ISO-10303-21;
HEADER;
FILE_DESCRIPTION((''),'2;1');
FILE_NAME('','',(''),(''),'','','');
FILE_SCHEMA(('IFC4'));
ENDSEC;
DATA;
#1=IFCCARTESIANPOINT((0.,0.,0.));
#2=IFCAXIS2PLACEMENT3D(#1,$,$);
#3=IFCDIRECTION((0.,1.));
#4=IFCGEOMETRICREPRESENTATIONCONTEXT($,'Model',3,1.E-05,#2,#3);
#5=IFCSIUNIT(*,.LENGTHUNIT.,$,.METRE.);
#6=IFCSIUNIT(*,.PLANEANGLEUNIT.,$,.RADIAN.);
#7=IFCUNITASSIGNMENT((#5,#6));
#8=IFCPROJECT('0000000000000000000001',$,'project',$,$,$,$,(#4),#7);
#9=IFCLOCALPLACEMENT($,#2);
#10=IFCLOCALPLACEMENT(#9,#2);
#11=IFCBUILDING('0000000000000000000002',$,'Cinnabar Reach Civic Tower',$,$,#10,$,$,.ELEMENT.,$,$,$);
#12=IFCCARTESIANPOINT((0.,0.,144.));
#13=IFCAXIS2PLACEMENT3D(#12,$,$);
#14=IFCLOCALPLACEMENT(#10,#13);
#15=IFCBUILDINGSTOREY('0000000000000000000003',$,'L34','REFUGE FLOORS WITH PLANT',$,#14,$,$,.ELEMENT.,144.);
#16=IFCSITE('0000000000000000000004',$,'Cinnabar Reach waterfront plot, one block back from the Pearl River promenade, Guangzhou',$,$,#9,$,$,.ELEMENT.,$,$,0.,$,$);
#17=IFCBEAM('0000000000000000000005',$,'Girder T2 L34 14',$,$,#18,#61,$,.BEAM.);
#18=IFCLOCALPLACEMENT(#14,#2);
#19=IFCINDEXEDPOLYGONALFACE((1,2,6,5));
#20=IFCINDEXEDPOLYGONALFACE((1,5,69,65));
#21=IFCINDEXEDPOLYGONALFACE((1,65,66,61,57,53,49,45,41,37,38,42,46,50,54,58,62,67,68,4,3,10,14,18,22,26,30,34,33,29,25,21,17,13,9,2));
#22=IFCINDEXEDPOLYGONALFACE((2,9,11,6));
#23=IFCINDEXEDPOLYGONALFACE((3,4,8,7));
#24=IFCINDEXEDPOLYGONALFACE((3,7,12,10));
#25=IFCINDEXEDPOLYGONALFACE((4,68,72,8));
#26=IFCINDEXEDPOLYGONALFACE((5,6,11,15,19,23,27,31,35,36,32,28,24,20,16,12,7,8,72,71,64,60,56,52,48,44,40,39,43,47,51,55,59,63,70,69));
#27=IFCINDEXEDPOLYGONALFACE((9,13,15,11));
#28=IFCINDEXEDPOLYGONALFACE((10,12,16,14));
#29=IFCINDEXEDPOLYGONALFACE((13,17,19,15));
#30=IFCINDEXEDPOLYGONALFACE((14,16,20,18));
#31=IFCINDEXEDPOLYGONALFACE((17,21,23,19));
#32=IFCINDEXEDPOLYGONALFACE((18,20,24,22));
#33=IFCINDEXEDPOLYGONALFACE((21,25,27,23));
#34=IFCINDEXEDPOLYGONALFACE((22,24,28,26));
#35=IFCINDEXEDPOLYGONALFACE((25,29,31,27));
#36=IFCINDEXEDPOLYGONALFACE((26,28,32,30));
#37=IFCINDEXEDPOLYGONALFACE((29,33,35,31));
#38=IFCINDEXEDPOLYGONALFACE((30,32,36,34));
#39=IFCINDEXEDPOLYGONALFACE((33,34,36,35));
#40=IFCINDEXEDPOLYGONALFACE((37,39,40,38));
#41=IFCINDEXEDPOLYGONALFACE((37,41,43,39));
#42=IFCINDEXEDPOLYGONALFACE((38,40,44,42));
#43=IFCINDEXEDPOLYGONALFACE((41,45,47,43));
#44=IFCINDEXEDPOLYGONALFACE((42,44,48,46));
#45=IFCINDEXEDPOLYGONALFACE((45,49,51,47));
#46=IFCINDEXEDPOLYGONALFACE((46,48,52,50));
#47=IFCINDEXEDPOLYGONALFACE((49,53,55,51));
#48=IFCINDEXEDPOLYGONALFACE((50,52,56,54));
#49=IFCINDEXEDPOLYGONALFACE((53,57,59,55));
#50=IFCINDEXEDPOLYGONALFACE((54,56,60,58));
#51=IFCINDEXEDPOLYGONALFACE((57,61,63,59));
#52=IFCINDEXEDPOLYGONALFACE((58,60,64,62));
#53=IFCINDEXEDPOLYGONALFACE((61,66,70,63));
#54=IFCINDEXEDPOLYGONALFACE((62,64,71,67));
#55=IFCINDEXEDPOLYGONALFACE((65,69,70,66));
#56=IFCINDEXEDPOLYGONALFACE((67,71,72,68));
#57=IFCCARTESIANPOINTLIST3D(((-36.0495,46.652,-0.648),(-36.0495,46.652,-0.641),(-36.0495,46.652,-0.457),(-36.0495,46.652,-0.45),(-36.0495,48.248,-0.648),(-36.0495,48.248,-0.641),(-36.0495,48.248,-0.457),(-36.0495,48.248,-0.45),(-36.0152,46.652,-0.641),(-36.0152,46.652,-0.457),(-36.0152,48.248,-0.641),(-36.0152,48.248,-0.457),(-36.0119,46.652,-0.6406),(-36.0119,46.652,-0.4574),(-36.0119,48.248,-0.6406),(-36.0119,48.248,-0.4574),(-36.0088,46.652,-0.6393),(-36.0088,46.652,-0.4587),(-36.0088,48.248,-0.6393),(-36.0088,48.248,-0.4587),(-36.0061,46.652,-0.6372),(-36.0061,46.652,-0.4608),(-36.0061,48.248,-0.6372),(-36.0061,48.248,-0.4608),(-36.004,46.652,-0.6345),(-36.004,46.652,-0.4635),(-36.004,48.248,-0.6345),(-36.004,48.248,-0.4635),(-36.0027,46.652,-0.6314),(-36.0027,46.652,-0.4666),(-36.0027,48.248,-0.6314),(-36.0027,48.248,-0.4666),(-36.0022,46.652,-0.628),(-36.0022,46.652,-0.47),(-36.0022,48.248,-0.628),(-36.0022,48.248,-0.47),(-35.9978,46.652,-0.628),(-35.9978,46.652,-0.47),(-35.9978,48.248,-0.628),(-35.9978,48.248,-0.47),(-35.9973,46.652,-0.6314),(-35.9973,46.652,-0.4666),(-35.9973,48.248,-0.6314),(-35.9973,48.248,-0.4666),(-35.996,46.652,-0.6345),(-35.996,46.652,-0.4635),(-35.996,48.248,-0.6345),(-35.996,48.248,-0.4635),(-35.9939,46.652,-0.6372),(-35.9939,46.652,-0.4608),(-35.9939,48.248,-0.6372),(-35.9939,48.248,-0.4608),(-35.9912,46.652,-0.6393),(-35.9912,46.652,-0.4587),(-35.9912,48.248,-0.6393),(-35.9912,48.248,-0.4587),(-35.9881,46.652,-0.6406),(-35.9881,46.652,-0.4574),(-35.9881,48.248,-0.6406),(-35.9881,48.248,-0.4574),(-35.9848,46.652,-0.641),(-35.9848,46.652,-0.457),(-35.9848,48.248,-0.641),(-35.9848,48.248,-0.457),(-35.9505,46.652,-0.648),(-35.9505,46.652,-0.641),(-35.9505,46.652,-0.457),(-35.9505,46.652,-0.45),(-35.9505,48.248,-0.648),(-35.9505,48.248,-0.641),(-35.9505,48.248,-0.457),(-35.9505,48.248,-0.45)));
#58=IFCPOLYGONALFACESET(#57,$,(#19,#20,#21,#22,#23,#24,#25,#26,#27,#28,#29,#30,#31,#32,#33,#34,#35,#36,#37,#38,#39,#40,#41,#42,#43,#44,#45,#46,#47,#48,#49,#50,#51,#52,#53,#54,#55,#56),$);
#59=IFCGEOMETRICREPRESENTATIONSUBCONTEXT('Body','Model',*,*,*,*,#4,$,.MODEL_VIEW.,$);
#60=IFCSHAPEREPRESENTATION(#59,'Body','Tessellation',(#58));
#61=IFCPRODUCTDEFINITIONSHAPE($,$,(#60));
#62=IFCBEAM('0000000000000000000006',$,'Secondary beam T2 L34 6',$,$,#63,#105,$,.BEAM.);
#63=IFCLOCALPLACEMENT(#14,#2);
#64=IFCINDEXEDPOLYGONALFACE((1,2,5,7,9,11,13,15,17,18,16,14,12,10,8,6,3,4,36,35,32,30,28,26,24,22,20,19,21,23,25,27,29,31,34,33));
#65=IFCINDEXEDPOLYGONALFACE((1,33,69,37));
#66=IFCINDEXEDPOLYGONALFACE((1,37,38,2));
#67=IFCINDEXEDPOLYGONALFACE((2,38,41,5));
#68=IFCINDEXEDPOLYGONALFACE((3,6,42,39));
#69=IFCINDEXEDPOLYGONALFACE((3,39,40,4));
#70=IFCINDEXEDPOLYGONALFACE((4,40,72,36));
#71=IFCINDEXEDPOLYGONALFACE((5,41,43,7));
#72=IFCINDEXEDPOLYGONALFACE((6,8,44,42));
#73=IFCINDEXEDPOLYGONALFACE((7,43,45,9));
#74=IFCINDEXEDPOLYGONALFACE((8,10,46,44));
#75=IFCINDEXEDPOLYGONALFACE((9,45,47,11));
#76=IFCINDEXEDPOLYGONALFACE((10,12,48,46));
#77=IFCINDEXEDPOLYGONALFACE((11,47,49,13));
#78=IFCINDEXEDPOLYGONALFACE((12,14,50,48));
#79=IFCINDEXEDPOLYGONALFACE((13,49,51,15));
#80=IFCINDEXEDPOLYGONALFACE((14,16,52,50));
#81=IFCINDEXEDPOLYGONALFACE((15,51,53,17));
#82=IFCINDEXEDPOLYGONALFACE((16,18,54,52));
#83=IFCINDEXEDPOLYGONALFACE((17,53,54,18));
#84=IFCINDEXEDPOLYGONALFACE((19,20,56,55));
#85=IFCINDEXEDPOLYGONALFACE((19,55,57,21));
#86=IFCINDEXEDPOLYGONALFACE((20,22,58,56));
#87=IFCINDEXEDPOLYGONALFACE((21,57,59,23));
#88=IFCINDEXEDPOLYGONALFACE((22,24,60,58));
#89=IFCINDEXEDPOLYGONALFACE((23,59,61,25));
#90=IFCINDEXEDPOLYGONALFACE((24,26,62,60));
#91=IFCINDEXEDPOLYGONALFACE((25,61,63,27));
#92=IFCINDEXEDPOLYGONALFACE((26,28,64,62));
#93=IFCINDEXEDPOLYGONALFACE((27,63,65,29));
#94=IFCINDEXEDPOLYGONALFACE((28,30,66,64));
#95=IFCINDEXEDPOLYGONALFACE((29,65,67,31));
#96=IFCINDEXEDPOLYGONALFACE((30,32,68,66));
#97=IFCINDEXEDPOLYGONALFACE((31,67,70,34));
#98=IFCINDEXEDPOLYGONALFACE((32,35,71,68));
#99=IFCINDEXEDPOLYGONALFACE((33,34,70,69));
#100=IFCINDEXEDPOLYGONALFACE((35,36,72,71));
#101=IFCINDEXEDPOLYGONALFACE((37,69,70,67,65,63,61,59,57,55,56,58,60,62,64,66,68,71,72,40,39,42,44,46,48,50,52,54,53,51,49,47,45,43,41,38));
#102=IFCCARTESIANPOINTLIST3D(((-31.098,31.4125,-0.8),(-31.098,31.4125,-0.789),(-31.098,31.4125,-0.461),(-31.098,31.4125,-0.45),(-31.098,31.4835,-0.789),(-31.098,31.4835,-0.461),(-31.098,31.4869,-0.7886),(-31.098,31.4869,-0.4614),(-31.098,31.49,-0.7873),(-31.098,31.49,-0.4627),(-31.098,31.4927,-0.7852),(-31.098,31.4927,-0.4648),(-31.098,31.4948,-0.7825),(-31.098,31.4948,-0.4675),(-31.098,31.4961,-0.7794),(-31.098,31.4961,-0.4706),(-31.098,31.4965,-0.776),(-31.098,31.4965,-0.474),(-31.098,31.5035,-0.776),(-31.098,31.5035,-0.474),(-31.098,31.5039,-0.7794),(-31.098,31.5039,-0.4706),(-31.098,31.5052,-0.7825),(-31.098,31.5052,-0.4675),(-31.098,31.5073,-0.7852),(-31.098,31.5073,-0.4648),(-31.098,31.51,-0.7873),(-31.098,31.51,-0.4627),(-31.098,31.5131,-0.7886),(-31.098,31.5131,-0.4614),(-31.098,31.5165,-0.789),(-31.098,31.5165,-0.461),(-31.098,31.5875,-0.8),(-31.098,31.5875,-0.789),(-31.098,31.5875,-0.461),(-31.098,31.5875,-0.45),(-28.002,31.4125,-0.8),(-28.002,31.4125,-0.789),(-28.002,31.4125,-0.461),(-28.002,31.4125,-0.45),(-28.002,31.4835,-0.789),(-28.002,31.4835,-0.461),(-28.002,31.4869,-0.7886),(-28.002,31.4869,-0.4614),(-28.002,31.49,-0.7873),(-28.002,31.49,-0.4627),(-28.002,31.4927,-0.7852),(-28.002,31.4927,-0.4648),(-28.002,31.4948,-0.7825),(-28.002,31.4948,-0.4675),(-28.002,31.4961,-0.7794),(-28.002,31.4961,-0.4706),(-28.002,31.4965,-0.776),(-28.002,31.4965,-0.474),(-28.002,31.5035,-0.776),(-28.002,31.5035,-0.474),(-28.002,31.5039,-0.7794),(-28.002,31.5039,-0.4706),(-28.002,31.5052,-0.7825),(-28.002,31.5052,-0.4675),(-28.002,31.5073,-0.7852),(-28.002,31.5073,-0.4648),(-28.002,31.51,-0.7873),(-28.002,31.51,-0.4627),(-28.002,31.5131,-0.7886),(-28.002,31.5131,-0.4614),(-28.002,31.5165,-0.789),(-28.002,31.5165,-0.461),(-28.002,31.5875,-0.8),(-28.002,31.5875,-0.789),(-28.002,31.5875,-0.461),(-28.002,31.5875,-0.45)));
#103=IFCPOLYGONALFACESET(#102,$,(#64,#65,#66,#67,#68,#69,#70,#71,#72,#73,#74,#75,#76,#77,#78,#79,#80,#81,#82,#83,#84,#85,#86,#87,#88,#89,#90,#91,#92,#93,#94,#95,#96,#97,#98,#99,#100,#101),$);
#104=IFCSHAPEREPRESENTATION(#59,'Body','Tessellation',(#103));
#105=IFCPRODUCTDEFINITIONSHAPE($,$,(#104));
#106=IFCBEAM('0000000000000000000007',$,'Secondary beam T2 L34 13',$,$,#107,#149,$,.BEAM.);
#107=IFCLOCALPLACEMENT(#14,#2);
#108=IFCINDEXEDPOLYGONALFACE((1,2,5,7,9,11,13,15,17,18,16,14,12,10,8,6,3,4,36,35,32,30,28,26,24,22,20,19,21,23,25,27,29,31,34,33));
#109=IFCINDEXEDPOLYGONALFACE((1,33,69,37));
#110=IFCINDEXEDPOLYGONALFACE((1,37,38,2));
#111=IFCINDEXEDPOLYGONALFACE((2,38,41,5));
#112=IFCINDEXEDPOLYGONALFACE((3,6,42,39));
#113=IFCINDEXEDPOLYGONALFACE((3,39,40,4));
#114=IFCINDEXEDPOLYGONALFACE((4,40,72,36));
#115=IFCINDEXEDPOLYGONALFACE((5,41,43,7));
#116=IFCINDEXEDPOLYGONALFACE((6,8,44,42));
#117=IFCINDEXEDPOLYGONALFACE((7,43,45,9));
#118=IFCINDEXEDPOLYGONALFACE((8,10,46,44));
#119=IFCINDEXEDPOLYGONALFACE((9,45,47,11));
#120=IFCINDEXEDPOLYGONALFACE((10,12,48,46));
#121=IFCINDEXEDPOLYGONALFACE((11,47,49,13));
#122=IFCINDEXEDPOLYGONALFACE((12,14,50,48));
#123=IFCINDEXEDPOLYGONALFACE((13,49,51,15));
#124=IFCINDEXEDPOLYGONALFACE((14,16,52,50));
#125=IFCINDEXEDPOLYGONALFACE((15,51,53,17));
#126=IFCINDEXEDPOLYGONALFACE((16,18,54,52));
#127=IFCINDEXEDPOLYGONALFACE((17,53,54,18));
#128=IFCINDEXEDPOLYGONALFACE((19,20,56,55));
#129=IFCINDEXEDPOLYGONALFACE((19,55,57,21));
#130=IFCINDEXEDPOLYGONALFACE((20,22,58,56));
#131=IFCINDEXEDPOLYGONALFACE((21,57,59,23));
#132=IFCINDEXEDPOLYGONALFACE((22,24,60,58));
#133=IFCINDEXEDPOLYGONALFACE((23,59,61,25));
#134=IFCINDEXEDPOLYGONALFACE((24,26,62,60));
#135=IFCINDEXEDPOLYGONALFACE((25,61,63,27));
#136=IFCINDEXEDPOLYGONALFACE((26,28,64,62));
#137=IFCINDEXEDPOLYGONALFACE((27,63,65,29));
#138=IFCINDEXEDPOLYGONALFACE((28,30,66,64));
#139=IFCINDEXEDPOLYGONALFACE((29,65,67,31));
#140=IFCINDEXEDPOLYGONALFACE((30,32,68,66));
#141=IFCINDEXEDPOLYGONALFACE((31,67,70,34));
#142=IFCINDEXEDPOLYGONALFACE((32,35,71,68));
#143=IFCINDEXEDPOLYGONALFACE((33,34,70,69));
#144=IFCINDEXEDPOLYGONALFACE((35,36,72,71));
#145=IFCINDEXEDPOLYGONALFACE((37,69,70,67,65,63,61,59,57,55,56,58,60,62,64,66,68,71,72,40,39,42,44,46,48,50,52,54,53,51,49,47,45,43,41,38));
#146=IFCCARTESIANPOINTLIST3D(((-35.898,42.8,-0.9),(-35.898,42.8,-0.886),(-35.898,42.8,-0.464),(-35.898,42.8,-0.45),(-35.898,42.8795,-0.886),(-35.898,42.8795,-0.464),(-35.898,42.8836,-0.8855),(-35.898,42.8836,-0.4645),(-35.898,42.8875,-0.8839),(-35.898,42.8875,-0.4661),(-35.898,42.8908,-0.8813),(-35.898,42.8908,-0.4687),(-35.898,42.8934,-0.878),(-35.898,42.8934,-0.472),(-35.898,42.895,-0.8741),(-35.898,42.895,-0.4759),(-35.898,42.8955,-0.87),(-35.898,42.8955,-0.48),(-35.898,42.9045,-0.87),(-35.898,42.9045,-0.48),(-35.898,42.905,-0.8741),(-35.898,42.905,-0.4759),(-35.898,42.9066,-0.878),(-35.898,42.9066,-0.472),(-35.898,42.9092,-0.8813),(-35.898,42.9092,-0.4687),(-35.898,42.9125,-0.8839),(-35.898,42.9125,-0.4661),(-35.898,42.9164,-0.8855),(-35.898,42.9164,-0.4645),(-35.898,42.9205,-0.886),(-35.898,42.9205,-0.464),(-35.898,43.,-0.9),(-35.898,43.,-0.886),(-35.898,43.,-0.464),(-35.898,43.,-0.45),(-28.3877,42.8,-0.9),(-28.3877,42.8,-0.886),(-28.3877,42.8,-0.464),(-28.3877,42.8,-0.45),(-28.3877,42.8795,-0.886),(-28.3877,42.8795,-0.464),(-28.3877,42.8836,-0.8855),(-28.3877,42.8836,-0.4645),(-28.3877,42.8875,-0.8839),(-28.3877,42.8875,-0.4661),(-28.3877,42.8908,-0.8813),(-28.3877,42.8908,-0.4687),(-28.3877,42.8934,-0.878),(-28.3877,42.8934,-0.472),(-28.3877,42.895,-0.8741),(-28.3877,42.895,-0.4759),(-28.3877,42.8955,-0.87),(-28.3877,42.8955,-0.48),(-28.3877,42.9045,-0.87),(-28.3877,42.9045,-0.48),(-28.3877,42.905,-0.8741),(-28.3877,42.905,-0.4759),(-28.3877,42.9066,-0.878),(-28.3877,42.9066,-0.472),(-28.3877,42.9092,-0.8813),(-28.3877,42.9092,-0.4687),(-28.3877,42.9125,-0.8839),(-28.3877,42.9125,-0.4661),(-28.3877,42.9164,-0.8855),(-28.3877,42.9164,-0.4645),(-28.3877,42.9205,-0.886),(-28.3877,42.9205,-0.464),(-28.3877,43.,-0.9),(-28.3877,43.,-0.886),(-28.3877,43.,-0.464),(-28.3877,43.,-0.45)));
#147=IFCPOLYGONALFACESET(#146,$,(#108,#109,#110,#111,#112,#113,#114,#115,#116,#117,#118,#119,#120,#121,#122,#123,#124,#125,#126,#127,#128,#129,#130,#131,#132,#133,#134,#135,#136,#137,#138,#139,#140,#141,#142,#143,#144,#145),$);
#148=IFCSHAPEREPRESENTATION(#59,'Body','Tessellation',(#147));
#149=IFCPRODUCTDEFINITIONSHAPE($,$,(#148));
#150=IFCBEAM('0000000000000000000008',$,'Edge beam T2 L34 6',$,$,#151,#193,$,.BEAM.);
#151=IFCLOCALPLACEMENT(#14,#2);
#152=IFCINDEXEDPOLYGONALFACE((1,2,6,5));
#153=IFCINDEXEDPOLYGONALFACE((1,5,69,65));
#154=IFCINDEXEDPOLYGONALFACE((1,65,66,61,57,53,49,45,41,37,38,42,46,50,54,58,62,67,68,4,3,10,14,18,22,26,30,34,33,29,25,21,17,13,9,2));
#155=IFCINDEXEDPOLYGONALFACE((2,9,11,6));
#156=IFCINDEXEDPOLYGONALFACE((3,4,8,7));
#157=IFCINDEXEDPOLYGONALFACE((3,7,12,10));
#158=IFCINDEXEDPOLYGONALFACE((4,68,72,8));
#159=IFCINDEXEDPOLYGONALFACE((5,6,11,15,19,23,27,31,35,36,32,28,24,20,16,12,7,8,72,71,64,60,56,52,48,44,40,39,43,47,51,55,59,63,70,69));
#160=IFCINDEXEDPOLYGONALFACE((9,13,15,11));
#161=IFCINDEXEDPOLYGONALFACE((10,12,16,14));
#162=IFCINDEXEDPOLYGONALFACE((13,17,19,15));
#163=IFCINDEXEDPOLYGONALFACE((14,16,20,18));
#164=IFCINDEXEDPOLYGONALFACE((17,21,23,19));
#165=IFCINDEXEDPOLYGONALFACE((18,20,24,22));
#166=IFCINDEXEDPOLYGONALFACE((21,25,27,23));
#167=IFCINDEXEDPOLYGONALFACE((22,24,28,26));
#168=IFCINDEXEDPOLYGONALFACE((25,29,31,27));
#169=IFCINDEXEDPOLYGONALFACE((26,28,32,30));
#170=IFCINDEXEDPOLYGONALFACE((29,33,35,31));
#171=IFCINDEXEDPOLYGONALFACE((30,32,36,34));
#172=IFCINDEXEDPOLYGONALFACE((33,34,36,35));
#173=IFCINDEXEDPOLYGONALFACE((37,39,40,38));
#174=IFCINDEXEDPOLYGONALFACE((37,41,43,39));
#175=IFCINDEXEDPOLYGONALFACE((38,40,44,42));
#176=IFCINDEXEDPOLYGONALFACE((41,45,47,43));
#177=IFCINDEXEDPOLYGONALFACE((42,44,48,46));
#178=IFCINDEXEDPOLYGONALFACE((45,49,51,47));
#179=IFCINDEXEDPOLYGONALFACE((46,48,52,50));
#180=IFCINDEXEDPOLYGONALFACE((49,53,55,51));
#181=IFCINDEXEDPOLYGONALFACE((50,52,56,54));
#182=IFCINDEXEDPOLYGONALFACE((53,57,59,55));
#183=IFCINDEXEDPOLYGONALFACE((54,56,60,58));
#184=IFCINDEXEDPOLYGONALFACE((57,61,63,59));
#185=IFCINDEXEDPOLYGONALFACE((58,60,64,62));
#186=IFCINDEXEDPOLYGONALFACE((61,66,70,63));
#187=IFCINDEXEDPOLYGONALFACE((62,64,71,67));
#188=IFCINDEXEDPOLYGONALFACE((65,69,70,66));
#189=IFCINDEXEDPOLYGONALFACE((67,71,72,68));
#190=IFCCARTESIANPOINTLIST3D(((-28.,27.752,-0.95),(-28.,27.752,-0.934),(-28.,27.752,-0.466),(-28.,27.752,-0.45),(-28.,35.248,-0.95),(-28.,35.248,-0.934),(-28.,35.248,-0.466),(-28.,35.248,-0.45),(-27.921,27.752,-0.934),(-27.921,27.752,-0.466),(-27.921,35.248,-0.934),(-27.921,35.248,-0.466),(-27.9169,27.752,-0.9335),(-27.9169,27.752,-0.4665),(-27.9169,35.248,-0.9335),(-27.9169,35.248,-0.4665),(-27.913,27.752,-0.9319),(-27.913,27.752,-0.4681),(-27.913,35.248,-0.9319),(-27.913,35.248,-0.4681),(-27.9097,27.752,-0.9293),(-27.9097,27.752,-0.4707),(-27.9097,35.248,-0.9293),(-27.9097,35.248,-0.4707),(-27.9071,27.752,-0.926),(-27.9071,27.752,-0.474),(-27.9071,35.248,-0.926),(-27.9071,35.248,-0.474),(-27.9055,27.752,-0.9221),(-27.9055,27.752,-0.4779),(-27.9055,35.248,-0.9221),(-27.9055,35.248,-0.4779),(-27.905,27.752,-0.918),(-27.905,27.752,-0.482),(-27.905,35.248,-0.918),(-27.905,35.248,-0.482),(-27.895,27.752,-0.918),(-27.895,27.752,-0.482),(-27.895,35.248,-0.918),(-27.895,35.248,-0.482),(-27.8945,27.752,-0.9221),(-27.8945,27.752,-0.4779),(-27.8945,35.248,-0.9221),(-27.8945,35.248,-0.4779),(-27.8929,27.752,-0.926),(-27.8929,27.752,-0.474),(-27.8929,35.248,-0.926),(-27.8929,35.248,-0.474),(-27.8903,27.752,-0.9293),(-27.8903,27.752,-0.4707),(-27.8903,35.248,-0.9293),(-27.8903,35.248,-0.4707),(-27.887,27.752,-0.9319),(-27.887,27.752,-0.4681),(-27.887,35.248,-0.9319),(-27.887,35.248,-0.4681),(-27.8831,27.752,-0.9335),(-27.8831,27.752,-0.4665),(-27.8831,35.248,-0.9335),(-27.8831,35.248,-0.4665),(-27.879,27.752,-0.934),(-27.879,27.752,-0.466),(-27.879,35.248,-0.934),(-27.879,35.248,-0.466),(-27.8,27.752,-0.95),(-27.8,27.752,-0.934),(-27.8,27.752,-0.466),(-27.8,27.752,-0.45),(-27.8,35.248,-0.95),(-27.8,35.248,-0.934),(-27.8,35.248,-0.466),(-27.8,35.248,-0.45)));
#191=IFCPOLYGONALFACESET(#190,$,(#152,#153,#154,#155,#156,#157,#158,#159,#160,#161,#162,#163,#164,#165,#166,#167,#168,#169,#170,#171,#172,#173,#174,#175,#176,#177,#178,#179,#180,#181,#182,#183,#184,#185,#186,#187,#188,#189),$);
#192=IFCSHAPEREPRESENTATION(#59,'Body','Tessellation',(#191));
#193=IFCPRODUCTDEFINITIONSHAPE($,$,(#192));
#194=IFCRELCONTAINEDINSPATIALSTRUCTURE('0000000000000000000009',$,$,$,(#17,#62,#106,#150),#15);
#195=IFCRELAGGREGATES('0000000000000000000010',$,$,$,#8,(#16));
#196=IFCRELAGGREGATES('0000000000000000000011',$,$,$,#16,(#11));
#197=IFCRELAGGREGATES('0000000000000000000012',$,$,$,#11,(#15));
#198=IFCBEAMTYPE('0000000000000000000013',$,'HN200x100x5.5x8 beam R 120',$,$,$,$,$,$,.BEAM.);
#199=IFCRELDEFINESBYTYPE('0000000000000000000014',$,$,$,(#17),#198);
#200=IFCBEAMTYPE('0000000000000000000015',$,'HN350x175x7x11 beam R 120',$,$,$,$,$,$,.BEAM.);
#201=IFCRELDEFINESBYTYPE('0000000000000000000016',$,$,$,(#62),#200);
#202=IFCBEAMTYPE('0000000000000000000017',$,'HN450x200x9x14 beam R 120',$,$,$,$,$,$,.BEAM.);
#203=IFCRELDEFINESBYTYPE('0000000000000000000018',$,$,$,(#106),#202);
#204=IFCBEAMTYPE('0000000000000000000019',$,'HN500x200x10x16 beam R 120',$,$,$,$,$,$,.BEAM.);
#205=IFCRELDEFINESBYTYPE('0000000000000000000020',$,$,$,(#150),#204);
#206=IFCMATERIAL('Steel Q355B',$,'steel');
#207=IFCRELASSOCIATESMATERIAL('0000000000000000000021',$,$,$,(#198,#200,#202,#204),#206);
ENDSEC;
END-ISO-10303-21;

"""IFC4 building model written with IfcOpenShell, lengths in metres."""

from ifc_helpers import new_model, si_unit, direction, frame, origin, origin_2d, place, context, subcontext, project, spatial, i_section, extrude, material, material_profile, profile_set, type_object, element, save


model = new_model("IFC4")

# Units and contexts
model_context = context("Model", 3, precision=1e-05, world=origin(), true_north=direction((0.0, 1.0)))
body_context = subcontext(model_context, "Body", "Model", "MODEL_VIEW")
ifc_project = project(units=[si_unit("LENGTHUNIT", "METRE"), si_unit("PLANEANGLEUNIT", "RADIAN")], contexts=[model_context])

# Site, building, storey
site_placement = place(None, origin())
site = spatial("IfcSite", under=ifc_project, at=site_placement, Name="Cinnabar Reach waterfront plot, one block back from the Pearl River promenade, Guangzhou", CompositionType="ELEMENT", RefElevation=0.0)
building_placement = place(site_placement, origin())
building = spatial("IfcBuilding", under=site, at=building_placement, Name="Cinnabar Reach Civic Tower", CompositionType="ELEMENT")
storey_placement = place(building_placement, frame((0.0, 0.0, 144.0)))
storey = spatial("IfcBuildingStorey", under=building, at=storey_placement, Name="L34", Description="REFUGE FLOORS WITH PLANT", CompositionType="ELEMENT", Elevation=144.0)

# Beams
ifc_material_1 = material(Name="Steel Q355B", Category="steel")
ifc_material_profile_1 = material_profile(ifc_material_1, i_section(OverallWidth=0.099, OverallDepth=0.198, WebThickness=0.0045, FlangeThickness=0.007, FilletRadius=0.013, at=origin_2d()), Name="HN200x100x5.5x8")
ifc_profile_set_1 = profile_set([ifc_material_profile_1], Name="Steel Q355B")
beam_type_1 = type_object("IfcBeamType", Name="HN200x100x5.5x8 beam R 120", PredefinedType="BEAM", material=ifc_profile_set_1)
beam_1_placement = place(storey_placement, frame((-36.0, 46.652, -0.549), z_axis=(0.0, 1.0, 0.0), x_axis=(-1.0, 0.0, 0.0)))
element("IfcBeam", 1, at=beam_1_placement, inside=storey, type_object=beam_type_1, Name="Girder T2 L34 14", PredefinedType="BEAM", context=body_context, shape_type="SweptSolid", body=[
    extrude(i_section(OverallWidth=0.099, OverallDepth=0.198, WebThickness=0.0045, FlangeThickness=0.007, FilletRadius=0.013, at=origin_2d()), origin(), (0.0, 0.0, 1.0), 1.596),
])
ifc_material_profile_2 = material_profile(ifc_material_1, i_section(OverallWidth=0.175, OverallDepth=0.35, WebThickness=0.007, FlangeThickness=0.011, FilletRadius=0.013, at=origin_2d()), Name="HN350x175x7x11")
ifc_profile_set_2 = profile_set([ifc_material_profile_2], Name="Steel Q355B")
beam_type_2 = type_object("IfcBeamType", Name="HN350x175x7x11 beam R 120", PredefinedType="BEAM", material=ifc_profile_set_2)
beam_2_placement = place(storey_placement, frame((-31.098, 31.5, -0.625), z_axis=(1.0, 0.0, 0.0), x_axis=(0.0, 1.0, 0.0)))
element("IfcBeam", 2, at=beam_2_placement, inside=storey, type_object=beam_type_2, Name="Secondary beam T2 L34 6", PredefinedType="BEAM", context=body_context, shape_type="SweptSolid", body=[
    extrude(i_section(OverallWidth=0.175, OverallDepth=0.35, WebThickness=0.007, FlangeThickness=0.011, FilletRadius=0.013, at=origin_2d()), origin(), (0.0, 0.0, 1.0), 3.096),
])
ifc_material_profile_3 = material_profile(ifc_material_1, i_section(OverallWidth=0.2, OverallDepth=0.45, WebThickness=0.009, FlangeThickness=0.014, FilletRadius=0.016, at=origin_2d()), Name="HN450x200x9x14")
ifc_profile_set_3 = profile_set([ifc_material_profile_3], Name="Steel Q355B")
beam_type_3 = type_object("IfcBeamType", Name="HN450x200x9x14 beam R 120", PredefinedType="BEAM", material=ifc_profile_set_3)
beam_3_placement = place(storey_placement, frame((-35.898, 42.9, -0.675), z_axis=(1.0, 0.0, 0.0), x_axis=(0.0, 1.0, 0.0)))
element("IfcBeam", 3, at=beam_3_placement, inside=storey, type_object=beam_type_3, Name="Secondary beam T2 L34 13", PredefinedType="BEAM", context=body_context, shape_type="SweptSolid", body=[
    extrude(i_section(OverallWidth=0.2, OverallDepth=0.45, WebThickness=0.009, FlangeThickness=0.014, FilletRadius=0.016, at=origin_2d()), origin(), (0.0, 0.0, 1.0), 7.5103),
])
ifc_material_profile_4 = material_profile(ifc_material_1, i_section(OverallWidth=0.2, OverallDepth=0.5, WebThickness=0.01, FlangeThickness=0.016, FilletRadius=0.016, at=origin_2d()), Name="HN500x200x10x16")
ifc_profile_set_4 = profile_set([ifc_material_profile_4], Name="Steel Q355B")
beam_type_4 = type_object("IfcBeamType", Name="HN500x200x10x16 beam R 120", PredefinedType="BEAM", material=ifc_profile_set_4)
beam_4_placement = place(storey_placement, frame((-27.9, 27.752, -0.7), z_axis=(0.0, 1.0, 0.0), x_axis=(-1.0, 0.0, 0.0)))
element("IfcBeam", 4, at=beam_4_placement, inside=storey, type_object=beam_type_4, Name="Edge beam T2 L34 6", PredefinedType="BEAM", context=body_context, shape_type="SweptSolid", body=[
    extrude(i_section(OverallWidth=0.2, OverallDepth=0.5, WebThickness=0.01, FlangeThickness=0.016, FilletRadius=0.016, at=origin_2d()), origin(), (0.0, 0.0, 1.0), 7.496),
])

save(model, "model.ifc")
